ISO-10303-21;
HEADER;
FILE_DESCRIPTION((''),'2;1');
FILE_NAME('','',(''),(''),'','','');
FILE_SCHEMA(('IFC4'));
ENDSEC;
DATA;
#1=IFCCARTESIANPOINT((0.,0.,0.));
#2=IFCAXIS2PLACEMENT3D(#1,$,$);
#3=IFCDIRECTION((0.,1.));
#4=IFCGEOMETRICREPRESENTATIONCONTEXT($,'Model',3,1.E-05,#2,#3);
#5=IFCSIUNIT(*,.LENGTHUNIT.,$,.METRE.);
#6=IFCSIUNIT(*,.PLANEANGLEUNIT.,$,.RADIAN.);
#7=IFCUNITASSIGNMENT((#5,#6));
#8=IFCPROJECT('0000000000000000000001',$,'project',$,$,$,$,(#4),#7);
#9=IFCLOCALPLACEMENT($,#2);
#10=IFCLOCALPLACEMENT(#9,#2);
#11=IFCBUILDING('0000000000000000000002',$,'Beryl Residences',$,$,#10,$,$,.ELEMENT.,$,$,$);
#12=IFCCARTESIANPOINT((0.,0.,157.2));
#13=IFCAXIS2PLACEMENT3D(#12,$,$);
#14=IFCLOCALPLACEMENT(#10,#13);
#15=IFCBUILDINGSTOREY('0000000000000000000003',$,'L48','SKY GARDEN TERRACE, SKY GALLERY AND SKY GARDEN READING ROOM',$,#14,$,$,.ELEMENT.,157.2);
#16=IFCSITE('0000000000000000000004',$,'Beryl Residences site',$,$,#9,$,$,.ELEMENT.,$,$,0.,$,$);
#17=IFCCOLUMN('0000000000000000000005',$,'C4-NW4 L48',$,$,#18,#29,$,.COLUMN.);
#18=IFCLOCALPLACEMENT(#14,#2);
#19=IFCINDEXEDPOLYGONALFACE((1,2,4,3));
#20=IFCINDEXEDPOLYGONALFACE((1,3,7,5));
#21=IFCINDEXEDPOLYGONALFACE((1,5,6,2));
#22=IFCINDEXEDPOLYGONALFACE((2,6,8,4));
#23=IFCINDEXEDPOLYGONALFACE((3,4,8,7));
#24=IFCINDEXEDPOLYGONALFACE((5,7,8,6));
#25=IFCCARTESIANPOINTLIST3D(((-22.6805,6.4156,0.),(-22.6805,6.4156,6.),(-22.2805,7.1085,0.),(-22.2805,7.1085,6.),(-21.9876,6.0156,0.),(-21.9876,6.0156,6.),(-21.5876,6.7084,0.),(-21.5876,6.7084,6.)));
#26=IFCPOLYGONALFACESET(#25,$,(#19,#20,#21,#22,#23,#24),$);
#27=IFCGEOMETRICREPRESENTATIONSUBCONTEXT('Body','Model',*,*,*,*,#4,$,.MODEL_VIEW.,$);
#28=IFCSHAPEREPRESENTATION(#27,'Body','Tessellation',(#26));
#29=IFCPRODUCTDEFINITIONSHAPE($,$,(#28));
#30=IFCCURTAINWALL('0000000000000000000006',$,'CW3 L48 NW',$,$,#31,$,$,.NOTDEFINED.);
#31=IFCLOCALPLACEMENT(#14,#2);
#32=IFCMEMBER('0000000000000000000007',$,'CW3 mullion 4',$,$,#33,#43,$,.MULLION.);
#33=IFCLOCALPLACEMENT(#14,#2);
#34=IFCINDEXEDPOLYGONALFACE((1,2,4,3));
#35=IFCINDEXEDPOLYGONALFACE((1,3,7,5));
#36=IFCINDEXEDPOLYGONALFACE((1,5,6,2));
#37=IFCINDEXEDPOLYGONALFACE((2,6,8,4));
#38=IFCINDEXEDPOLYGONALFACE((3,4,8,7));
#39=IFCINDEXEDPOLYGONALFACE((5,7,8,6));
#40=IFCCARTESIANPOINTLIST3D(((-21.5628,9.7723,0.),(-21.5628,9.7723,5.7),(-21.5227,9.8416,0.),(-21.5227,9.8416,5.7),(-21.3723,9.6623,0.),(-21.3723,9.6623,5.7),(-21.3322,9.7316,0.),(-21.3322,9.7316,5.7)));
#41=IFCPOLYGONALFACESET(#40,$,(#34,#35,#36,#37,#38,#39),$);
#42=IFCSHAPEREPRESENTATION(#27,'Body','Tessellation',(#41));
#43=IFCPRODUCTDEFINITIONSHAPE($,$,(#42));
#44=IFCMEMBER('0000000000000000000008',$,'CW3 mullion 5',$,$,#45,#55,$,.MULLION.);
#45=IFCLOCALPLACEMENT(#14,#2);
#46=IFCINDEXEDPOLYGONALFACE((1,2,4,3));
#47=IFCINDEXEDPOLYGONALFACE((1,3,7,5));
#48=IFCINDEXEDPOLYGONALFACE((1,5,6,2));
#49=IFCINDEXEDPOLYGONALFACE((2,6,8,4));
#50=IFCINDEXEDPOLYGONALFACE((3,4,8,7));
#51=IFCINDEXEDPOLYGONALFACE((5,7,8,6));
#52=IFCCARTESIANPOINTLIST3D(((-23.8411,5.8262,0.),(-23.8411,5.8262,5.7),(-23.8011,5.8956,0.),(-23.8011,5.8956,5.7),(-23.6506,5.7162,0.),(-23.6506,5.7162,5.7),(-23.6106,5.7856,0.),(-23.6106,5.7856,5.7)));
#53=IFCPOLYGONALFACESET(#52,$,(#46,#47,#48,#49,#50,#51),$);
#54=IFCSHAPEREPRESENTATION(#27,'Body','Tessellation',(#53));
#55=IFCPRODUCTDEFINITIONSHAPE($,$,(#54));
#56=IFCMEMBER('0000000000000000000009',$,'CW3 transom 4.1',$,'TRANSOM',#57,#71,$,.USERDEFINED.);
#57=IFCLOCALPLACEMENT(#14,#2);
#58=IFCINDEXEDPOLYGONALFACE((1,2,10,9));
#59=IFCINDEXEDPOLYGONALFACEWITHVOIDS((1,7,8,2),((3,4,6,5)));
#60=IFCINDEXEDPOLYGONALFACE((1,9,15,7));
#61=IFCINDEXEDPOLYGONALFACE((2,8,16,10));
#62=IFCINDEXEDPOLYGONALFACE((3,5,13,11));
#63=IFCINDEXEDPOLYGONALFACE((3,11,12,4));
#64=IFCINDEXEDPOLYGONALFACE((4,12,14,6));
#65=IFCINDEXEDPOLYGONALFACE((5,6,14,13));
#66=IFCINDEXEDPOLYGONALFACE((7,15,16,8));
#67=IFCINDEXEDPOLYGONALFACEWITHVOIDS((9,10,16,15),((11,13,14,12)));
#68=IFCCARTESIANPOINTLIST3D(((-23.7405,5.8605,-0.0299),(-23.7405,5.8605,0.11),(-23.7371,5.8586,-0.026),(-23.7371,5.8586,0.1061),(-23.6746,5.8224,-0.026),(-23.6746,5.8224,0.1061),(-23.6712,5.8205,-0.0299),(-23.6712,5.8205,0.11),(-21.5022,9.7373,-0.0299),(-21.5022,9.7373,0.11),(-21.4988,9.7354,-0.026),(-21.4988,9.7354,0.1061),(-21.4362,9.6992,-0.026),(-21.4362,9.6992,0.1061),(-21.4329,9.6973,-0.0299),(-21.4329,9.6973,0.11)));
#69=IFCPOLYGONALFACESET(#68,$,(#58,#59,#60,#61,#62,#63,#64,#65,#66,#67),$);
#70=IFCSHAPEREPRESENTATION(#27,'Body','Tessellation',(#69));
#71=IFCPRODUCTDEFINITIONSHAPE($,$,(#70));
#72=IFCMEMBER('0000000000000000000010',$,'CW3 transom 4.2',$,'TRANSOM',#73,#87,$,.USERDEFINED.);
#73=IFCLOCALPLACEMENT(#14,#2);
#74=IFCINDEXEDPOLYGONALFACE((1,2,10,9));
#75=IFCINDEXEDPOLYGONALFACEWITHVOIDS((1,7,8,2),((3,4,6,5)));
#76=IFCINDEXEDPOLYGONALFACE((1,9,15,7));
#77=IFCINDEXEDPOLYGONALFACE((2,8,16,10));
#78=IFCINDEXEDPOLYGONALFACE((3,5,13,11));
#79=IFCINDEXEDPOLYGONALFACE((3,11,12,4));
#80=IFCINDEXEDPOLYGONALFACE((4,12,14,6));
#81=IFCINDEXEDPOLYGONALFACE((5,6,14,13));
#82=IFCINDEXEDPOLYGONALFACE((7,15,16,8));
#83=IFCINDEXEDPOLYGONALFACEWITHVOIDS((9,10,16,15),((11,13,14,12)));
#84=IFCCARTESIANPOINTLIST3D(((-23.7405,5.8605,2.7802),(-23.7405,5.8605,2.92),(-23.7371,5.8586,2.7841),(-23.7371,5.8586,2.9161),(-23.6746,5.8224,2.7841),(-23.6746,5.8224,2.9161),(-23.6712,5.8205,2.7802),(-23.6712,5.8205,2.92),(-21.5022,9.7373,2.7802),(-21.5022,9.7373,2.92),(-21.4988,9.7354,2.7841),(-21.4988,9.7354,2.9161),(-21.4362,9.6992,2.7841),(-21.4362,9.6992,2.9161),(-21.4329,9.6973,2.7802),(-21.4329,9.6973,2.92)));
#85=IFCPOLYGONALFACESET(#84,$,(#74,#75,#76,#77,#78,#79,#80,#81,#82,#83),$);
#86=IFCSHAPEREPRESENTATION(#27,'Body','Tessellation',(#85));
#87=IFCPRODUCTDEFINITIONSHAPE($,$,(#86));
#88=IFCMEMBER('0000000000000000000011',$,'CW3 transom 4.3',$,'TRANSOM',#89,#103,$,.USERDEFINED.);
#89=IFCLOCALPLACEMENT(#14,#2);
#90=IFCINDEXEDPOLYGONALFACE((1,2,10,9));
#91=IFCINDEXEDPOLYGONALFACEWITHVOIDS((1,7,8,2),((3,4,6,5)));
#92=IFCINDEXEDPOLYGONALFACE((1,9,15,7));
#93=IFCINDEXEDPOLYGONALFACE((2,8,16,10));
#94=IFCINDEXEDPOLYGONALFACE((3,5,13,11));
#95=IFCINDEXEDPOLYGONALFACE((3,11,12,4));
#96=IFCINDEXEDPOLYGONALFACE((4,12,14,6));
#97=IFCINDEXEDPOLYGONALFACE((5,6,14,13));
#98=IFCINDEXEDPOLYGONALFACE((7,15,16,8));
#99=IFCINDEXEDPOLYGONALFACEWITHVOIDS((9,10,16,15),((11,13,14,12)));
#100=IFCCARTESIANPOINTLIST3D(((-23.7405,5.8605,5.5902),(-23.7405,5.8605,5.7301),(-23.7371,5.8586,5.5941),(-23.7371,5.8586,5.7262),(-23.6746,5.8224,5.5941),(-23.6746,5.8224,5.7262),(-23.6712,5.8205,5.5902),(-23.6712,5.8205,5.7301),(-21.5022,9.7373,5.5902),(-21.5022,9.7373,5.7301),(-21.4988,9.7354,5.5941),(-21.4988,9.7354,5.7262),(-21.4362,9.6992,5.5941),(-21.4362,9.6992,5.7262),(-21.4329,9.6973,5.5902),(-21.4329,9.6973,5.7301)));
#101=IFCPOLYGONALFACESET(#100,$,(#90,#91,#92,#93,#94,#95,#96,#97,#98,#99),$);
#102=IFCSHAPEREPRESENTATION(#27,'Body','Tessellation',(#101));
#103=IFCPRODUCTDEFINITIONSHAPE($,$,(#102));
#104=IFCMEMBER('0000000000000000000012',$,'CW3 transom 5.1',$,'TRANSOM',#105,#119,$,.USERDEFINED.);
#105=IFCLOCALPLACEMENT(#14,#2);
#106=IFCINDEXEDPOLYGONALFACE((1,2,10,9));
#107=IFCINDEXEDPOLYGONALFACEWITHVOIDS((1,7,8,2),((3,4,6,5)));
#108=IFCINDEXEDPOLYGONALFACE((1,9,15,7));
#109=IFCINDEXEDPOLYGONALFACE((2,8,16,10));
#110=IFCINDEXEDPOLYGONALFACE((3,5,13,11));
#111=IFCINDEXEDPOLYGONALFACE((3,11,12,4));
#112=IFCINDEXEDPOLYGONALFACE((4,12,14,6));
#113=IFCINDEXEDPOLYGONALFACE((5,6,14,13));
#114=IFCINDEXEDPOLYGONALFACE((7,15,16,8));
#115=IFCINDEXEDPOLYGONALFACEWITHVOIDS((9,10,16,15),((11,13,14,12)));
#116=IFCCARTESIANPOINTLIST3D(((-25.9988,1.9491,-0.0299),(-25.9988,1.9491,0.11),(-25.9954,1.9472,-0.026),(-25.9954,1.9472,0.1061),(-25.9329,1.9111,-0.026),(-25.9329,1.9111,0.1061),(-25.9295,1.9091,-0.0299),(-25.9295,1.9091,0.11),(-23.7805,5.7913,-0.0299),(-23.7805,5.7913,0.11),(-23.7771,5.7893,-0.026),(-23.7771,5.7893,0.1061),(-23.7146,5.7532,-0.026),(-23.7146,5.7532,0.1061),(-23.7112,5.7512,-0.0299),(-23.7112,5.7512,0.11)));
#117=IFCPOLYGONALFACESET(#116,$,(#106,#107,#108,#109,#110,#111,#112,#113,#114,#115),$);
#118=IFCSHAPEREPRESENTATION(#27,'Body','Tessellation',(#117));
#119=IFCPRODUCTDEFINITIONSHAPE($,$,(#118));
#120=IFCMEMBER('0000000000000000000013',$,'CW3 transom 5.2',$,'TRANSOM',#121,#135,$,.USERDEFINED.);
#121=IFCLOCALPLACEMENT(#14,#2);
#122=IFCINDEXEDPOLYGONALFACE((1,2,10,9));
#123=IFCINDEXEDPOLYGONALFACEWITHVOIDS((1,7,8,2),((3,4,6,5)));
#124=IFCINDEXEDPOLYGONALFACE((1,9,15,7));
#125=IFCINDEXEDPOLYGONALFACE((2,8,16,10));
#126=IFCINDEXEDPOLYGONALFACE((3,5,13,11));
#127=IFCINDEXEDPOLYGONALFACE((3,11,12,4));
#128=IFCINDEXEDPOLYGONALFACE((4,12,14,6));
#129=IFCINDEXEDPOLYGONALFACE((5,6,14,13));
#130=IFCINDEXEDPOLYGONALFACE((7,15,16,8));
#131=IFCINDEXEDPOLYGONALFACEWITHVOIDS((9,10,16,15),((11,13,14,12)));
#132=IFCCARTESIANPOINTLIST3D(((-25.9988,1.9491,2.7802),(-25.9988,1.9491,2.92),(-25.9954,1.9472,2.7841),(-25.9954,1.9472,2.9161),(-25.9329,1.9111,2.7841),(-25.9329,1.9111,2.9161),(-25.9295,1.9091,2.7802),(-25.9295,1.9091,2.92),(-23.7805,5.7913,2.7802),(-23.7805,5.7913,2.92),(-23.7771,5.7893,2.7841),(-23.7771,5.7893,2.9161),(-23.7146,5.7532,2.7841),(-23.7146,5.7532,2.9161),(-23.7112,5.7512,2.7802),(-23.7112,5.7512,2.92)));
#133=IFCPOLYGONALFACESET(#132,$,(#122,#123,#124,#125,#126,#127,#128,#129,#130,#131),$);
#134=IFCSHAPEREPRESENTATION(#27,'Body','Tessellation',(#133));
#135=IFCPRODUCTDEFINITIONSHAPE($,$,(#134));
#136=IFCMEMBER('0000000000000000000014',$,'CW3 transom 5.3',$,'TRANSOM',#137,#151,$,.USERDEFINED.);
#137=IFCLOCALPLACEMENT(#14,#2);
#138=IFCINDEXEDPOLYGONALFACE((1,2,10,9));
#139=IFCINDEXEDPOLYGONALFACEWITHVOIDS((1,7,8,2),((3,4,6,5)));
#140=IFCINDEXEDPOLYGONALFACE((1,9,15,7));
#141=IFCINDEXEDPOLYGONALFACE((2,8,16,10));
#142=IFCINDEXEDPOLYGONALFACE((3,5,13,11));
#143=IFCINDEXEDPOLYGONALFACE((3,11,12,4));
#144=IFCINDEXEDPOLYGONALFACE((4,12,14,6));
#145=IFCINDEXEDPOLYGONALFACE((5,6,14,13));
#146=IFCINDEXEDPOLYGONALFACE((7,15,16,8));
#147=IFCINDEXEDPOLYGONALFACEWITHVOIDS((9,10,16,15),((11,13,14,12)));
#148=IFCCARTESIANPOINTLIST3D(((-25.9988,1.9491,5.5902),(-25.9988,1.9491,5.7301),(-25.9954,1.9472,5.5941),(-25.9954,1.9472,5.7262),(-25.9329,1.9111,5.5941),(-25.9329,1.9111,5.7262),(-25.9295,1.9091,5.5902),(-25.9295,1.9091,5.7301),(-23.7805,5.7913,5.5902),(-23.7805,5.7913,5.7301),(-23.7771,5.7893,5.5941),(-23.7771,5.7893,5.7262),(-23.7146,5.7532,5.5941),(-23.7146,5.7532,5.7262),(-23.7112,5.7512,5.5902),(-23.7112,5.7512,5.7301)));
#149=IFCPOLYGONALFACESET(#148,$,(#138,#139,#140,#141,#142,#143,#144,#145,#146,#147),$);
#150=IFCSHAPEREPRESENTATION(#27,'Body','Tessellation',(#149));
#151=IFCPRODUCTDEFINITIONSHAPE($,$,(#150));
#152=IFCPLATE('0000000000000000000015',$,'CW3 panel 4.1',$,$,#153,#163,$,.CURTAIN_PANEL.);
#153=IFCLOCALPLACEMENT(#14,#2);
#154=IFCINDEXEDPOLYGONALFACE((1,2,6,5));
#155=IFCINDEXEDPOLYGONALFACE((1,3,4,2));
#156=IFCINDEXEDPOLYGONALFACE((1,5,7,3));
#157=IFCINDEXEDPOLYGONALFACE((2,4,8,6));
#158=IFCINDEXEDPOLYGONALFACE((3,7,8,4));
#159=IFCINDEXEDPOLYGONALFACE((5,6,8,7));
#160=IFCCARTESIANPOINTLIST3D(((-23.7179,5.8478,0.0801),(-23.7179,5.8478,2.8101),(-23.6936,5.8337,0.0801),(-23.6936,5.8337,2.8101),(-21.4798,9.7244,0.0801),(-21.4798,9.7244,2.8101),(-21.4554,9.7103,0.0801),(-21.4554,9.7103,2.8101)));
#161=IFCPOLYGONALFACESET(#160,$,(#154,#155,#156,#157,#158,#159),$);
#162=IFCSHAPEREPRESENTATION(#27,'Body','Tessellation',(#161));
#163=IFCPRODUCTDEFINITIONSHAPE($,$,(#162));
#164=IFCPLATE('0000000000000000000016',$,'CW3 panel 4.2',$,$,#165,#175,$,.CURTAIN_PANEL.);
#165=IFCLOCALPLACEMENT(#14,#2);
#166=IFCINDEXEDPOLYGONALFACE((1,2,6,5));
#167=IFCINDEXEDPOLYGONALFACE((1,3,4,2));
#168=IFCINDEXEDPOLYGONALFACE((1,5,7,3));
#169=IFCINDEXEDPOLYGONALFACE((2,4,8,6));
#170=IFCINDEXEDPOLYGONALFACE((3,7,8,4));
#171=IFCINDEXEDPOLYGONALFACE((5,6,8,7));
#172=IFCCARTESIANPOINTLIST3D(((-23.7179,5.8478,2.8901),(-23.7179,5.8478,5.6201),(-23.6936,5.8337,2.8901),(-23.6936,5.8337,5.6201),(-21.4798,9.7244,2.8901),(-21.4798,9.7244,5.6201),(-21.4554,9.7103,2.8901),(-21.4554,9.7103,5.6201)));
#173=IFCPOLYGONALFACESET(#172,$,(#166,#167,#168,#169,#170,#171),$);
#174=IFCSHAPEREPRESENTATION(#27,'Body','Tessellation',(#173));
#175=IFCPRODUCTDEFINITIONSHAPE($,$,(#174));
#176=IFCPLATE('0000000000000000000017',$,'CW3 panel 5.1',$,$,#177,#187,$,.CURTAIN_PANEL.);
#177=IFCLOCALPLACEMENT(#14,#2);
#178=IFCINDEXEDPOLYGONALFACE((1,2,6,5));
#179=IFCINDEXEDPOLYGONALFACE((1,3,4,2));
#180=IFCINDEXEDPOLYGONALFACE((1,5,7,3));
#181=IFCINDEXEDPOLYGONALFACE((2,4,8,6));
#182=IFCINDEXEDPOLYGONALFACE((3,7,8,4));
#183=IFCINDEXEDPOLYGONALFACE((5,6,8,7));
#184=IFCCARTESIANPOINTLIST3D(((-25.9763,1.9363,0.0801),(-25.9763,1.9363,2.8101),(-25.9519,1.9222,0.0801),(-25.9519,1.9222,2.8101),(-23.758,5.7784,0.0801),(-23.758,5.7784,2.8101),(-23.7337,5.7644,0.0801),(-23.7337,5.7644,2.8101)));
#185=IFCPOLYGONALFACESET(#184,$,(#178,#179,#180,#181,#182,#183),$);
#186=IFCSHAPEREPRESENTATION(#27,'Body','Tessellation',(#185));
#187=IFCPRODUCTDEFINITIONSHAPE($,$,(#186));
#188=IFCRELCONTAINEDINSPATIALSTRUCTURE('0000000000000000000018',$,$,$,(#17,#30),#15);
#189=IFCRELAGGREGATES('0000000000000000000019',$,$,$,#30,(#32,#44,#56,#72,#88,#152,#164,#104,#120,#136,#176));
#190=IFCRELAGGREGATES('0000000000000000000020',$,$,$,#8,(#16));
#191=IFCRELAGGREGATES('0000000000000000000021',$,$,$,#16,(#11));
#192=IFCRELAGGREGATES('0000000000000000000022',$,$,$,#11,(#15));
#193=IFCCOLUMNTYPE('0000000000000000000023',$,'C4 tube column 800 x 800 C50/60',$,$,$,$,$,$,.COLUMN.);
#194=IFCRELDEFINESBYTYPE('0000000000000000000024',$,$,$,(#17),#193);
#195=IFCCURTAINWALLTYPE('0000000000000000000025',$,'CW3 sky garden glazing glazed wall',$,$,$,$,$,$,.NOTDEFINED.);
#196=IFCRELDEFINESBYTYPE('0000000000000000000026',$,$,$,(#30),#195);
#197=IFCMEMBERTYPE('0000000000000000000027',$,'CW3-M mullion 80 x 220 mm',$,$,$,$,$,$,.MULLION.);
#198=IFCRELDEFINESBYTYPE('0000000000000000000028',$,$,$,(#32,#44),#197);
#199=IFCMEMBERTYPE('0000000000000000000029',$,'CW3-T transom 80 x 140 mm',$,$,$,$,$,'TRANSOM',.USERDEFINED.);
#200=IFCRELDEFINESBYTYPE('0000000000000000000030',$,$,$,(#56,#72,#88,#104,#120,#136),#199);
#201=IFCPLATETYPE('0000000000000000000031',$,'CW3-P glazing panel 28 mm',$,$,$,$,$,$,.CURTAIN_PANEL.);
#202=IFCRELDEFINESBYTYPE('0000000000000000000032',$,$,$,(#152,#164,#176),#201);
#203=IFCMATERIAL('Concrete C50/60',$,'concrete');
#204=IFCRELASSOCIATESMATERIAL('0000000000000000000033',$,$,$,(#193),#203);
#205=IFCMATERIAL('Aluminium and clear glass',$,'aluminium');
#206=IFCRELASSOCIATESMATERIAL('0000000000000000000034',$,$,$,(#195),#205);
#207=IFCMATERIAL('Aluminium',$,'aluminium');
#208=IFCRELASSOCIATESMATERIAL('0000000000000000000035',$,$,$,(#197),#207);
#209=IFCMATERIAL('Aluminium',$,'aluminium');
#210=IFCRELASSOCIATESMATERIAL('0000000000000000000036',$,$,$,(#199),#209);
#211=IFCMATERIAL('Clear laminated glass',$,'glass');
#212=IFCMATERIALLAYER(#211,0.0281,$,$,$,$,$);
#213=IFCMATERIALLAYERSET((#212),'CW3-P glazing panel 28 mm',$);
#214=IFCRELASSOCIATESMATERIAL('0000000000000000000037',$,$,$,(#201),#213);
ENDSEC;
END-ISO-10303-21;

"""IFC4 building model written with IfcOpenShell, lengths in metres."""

from ifc_helpers import new_model, si_unit, direction, frame, origin, origin_2d, place, context, subcontext, project, spatial, rectangle, hollow_rectangle, extrude, material, layer, layer_set, material_profile, profile_set, type_object, element, aggregate, save


model = new_model("IFC4")

# Units and contexts
model_context = context("Model", 3, precision=1e-05, world=origin(), true_north=direction((0.0, 1.0)))
body_context = subcontext(model_context, "Body", "Model", "MODEL_VIEW")
ifc_project = project(units=[si_unit("LENGTHUNIT", "METRE"), si_unit("PLANEANGLEUNIT", "RADIAN")], contexts=[model_context])

# Site, building, storey
site_placement = place(None, origin())
site = spatial("IfcSite", under=ifc_project, at=site_placement, Name="Beryl Residences site", CompositionType="ELEMENT", RefElevation=0.0)
building_placement = place(site_placement, origin())
building = spatial("IfcBuilding", under=site, at=building_placement, Name="Beryl Residences", CompositionType="ELEMENT")
storey_placement = place(building_placement, frame((0.0, 0.0, 157.2)))
storey = spatial("IfcBuildingStorey", under=building, at=storey_placement, Name="L48", Description="SKY GARDEN TERRACE, SKY GALLERY AND SKY GARDEN READING ROOM", CompositionType="ELEMENT", Elevation=157.2)

# Column
ifc_material_1 = material(Name="Concrete C50/60", Category="concrete")
ifc_material_profile_1 = material_profile(ifc_material_1, rectangle(XDim=0.8, YDim=0.8, at=origin_2d()))
ifc_profile_set_1 = profile_set([ifc_material_profile_1], Name="Concrete C50/60")
column_type = type_object("IfcColumnType", Name="C4 tube column 800 x 800 C50/60", PredefinedType="COLUMN", material=ifc_profile_set_1)
column_placement = place(storey_placement, frame((-22.134, 6.562, 0.0), z_axis=(0.0, 0.0, 1.0), x_axis=(-0.5, -0.866025, 0.0)))
element("IfcColumn", 1, at=column_placement, inside=storey, type_object=column_type, Name="C4-NW4 L48", PredefinedType="COLUMN", context=body_context, shape_type="SweptSolid", body=[
    extrude(rectangle(XDim=0.8, YDim=0.8, at=origin_2d()), origin(), (0.0, 0.0, 1.0), 6.0),
])

# Curtain wall, members, plates
ifc_material_2 = material(Name="Aluminium and clear glass", Category="aluminium")
curtain_wall_type = type_object("IfcCurtainWallType", Name="CW3 sky garden glazing glazed wall", PredefinedType="NOTDEFINED", material=ifc_material_2)
curtain_wall_placement = place(storey_placement, origin())
curtain_wall = element("IfcCurtainWall", 2, at=curtain_wall_placement, inside=storey, type_object=curtain_wall_type, Name="CW3 L48 NW", PredefinedType="NOTDEFINED")
ifc_material_3 = material(Name="Aluminium", Category="aluminium")
ifc_material_profile_2 = material_profile(ifc_material_3, rectangle(XDim=0.0801, YDim=0.22, at=origin_2d()))
ifc_profile_set_2 = profile_set([ifc_material_profile_2], Name="Aluminium")
member_type_1 = type_object("IfcMemberType", Name="CW3-M mullion 80 x 220 mm", PredefinedType="MULLION", material=ifc_profile_set_2)
member_1_placement = place(storey_placement, frame((-21.4475, 9.752, 0.0), z_axis=(0.0, 0.0, 1.0), x_axis=(-0.499996, -0.866028, 0.0)))
member_1 = element("IfcMember", 3, at=member_1_placement, type_object=member_type_1, Name="CW3 mullion 4", PredefinedType="MULLION", context=body_context, shape_type="SweptSolid", body=[
    extrude(rectangle(XDim=0.0801, YDim=0.22, at=origin_2d()), origin(), (0.0, 0.0, 1.0), 5.7),
])
member_2_placement = place(storey_placement, frame((-23.7258, 5.8059, 0.0), z_axis=(0.0, 0.0, 1.0), x_axis=(-0.499996, -0.866028, 0.0)))
member_2 = element("IfcMember", 4, at=member_2_placement, type_object=member_type_1, Name="CW3 mullion 5", PredefinedType="MULLION", context=body_context, shape_type="SweptSolid", body=[
    extrude(rectangle(XDim=0.0801, YDim=0.22, at=origin_2d()), origin(), (0.0, 0.0, 1.0), 5.7),
])
ifc_material_4 = material(Name="Aluminium", Category="aluminium")
ifc_material_profile_3 = material_profile(ifc_material_4, hollow_rectangle(XDim=0.0801, YDim=0.1399, WallThickness=0.0039, at=origin_2d()))
ifc_profile_set_3 = profile_set([ifc_material_profile_3], Name="Aluminium")
member_type_2 = type_object("IfcMemberType", Name="CW3-T transom 80 x 140 mm", ElementType="TRANSOM", PredefinedType="USERDEFINED", material=ifc_profile_set_3)
member_3_placement = place(storey_placement, frame((-21.4675, 9.7173, 0.04), z_axis=(-0.50001, -0.866019, 0.0), x_axis=(0.866019, -0.50001, 0.0)))
member_3 = element("IfcMember", 5, at=member_3_placement, type_object=member_type_2, Name="CW3 transom 4.1", ObjectType="TRANSOM", PredefinedType="USERDEFINED", context=body_context, shape_type="SweptSolid", body=[
    extrude(hollow_rectangle(XDim=0.0801, YDim=0.1399, WallThickness=0.0039, at=origin_2d()), origin(), (0.0, 0.0, 1.0), 4.4766),
])
member_4_placement = place(storey_placement, frame((-21.4675, 9.7173, 2.8501), z_axis=(-0.50001, -0.866019, 0.0), x_axis=(0.866019, -0.50001, 0.0)))
member_4 = element("IfcMember", 6, at=member_4_placement, type_object=member_type_2, Name="CW3 transom 4.2", ObjectType="TRANSOM", PredefinedType="USERDEFINED", context=body_context, shape_type="SweptSolid", body=[
    extrude(hollow_rectangle(XDim=0.0801, YDim=0.1399, WallThickness=0.0039, at=origin_2d()), origin(), (0.0, 0.0, 1.0), 4.4766),
])
member_5_placement = place(storey_placement, frame((-21.4675, 9.7173, 5.6602), z_axis=(-0.50001, -0.866019, 0.0), x_axis=(0.866019, -0.50001, 0.0)))
member_5 = element("IfcMember", 7, at=member_5_placement, type_object=member_type_2, Name="CW3 transom 4.3", ObjectType="TRANSOM", PredefinedType="USERDEFINED", context=body_context, shape_type="SweptSolid", body=[
    extrude(hollow_rectangle(XDim=0.0801, YDim=0.1399, WallThickness=0.0039, at=origin_2d()), origin(), (0.0, 0.0, 1.0), 4.4766),
])
member_6_placement = place(storey_placement, frame((-23.7458, 5.7712, 0.04), z_axis=(-0.50001, -0.86602, 0.0), x_axis=(0.86602, -0.50001, 0.0)))
member_6 = element("IfcMember", 8, at=member_6_placement, type_object=member_type_2, Name="CW3 transom 5.1", ObjectType="TRANSOM", PredefinedType="USERDEFINED", context=body_context, shape_type="SweptSolid", body=[
    extrude(hollow_rectangle(XDim=0.0801, YDim=0.1399, WallThickness=0.0039, at=origin_2d()), origin(), (0.0, 0.0, 1.0), 4.4365),
])
member_7_placement = place(storey_placement, frame((-23.7458, 5.7712, 2.8501), z_axis=(-0.50001, -0.86602, 0.0), x_axis=(0.86602, -0.50001, 0.0)))
member_7 = element("IfcMember", 9, at=member_7_placement, type_object=member_type_2, Name="CW3 transom 5.2", ObjectType="TRANSOM", PredefinedType="USERDEFINED", context=body_context, shape_type="SweptSolid", body=[
    extrude(hollow_rectangle(XDim=0.0801, YDim=0.1399, WallThickness=0.0039, at=origin_2d()), origin(), (0.0, 0.0, 1.0), 4.4365),
])
member_8_placement = place(storey_placement, frame((-23.7458, 5.7712, 5.6602), z_axis=(-0.50001, -0.86602, 0.0), x_axis=(0.86602, -0.50001, 0.0)))
member_8 = element("IfcMember", 10, at=member_8_placement, type_object=member_type_2, Name="CW3 transom 5.3", ObjectType="TRANSOM", PredefinedType="USERDEFINED", context=body_context, shape_type="SweptSolid", body=[
    extrude(hollow_rectangle(XDim=0.0801, YDim=0.1399, WallThickness=0.0039, at=origin_2d()), origin(), (0.0, 0.0, 1.0), 4.4365),
])
ifc_material_5 = material(Name="Clear laminated glass", Category="glass")
ifc_layer = layer(ifc_material_5, 0.0281)
ifc_layer_set = layer_set([ifc_layer], Name="CW3-P glazing panel 28 mm")
plate_type = type_object("IfcPlateType", Name="CW3-P glazing panel 28 mm", PredefinedType="CURTAIN_PANEL", material=ifc_layer_set)
plate_1_placement = place(storey_placement, frame((-22.5867, 7.7791, 0.0801), z_axis=(0.0, 0.0, 1.0), x_axis=(-0.499996, -0.866028, 0.0)))
plate_1 = element("IfcPlate", 11, at=plate_1_placement, type_object=plate_type, Name="CW3 panel 4.1", PredefinedType="CURTAIN_PANEL", context=body_context, shape_type="SweptSolid", body=[
    extrude(rectangle(XDim=4.4763, YDim=0.0281, at=origin_2d()), origin(), (0.0, 0.0, 1.0), 2.73),
])
plate_2_placement = place(storey_placement, frame((-22.5867, 7.7791, 2.8901), z_axis=(0.0, 0.0, 1.0), x_axis=(-0.499996, -0.866028, 0.0)))
plate_2 = element("IfcPlate", 12, at=plate_2_placement, type_object=plate_type, Name="CW3 panel 4.2", PredefinedType="CURTAIN_PANEL", context=body_context, shape_type="SweptSolid", body=[
    extrude(rectangle(XDim=4.4763, YDim=0.0281, at=origin_2d()), origin(), (0.0, 0.0, 1.0), 2.73),
])
plate_3_placement = place(storey_placement, frame((-24.855, 3.8503, 0.0801), z_axis=(0.0, 0.0, 1.0), x_axis=(-0.499996, -0.866028, 0.0)))
plate_3 = element("IfcPlate", 13, at=plate_3_placement, type_object=plate_type, Name="CW3 panel 5.1", PredefinedType="CURTAIN_PANEL", context=body_context, shape_type="SweptSolid", body=[
    extrude(rectangle(XDim=4.4365, YDim=0.0281, at=origin_2d()), origin(), (0.0, 0.0, 1.0), 2.73),
])
aggregate(curtain_wall, [member_1, member_2, member_3, member_4, member_5, plate_1, plate_2, member_6, member_7, member_8, plate_3])

save(model, "model.ifc")
